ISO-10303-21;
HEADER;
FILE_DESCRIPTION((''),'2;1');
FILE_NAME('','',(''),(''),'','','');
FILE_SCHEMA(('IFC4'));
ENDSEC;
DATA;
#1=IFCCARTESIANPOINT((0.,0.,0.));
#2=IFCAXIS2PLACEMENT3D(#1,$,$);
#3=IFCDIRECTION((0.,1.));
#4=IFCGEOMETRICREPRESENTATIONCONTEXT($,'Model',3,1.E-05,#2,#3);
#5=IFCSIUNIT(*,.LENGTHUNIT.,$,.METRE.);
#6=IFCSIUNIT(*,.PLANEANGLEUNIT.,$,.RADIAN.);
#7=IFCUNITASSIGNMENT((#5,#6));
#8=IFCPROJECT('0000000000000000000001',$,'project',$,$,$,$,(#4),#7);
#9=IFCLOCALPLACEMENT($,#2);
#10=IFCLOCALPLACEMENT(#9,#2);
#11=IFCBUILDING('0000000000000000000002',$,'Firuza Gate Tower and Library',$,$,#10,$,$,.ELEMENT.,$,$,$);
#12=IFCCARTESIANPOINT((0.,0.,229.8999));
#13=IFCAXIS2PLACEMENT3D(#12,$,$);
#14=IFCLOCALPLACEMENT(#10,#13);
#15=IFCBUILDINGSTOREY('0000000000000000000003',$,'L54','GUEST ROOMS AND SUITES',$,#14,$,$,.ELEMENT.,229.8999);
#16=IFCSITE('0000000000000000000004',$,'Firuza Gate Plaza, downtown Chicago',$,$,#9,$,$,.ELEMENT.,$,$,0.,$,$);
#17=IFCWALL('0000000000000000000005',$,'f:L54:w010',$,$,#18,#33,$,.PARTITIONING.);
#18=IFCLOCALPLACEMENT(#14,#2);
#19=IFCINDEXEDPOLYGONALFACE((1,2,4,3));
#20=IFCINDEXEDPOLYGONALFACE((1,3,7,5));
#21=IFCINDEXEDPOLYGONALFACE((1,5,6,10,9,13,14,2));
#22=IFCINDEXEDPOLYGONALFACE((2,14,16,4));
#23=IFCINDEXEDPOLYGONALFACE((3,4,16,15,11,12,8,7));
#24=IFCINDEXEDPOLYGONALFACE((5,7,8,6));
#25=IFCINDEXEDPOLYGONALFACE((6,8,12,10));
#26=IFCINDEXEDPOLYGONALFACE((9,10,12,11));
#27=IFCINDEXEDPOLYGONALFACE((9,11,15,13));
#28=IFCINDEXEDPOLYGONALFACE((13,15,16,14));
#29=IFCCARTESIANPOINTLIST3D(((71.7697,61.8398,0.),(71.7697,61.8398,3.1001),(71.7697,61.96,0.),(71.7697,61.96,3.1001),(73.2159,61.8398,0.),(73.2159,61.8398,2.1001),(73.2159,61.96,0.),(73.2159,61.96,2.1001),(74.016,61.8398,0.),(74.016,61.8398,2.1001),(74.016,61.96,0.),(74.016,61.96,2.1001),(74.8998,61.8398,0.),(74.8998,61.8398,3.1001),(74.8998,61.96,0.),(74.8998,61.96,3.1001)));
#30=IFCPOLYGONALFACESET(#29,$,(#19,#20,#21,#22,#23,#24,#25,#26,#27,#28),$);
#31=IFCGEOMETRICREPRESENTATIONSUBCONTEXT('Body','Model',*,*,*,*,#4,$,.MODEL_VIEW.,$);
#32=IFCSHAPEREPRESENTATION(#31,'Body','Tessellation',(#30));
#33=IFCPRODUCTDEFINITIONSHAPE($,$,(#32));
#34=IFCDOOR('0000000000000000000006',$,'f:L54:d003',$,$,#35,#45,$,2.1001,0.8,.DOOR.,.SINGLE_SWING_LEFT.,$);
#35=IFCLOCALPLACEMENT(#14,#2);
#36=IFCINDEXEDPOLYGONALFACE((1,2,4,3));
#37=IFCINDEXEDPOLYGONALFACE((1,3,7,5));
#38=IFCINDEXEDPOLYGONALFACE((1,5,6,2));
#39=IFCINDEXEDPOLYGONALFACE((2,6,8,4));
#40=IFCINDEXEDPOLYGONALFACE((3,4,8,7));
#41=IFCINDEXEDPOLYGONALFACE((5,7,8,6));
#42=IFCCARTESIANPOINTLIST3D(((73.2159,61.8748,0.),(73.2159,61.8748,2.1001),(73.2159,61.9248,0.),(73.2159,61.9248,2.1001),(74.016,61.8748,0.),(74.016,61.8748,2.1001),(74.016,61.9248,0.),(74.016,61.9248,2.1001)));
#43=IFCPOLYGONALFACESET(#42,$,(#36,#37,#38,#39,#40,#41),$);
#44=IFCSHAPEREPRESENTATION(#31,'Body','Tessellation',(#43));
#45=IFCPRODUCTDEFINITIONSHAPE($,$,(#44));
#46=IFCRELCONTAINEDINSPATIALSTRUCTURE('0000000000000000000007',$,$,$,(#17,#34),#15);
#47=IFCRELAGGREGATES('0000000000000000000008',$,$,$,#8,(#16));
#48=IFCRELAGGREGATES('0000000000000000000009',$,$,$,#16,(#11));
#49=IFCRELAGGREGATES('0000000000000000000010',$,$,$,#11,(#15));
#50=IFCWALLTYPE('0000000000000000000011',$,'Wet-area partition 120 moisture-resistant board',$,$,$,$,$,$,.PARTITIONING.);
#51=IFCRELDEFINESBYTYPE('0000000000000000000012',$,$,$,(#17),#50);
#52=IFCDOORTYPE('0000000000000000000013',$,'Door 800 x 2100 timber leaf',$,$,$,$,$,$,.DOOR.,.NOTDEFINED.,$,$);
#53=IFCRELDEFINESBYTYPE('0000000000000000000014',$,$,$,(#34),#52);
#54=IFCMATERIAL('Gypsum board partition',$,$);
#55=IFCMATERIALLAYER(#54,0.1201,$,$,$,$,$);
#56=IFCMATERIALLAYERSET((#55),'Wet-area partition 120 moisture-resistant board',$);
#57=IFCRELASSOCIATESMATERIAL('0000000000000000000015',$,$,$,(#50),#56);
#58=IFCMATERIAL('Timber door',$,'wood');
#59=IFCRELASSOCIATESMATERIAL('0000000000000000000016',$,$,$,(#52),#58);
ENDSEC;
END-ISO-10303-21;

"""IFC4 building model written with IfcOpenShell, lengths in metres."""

from ifc_helpers import new_model, si_unit, direction, frame, frame_2d, origin, place, context, subcontext, project, spatial, rectangle, extrude, material, layer, layer_set, type_object, element, fill, save


model = new_model("IFC4")

# Units and contexts
model_context = context("Model", 3, precision=1e-05, world=origin(), true_north=direction((0.0, 1.0)))
body_context = subcontext(model_context, "Body", "Model", "MODEL_VIEW")
ifc_project = project(units=[si_unit("LENGTHUNIT", "METRE"), si_unit("PLANEANGLEUNIT", "RADIAN")], contexts=[model_context])

# Site, building, storey
site_placement = place(None, origin())
site = spatial("IfcSite", under=ifc_project, at=site_placement, Name="Firuza Gate Plaza, downtown Chicago", CompositionType="ELEMENT", RefElevation=0.0)
building_placement = place(site_placement, origin())
building = spatial("IfcBuilding", under=site, at=building_placement, Name="Firuza Gate Tower and Library", CompositionType="ELEMENT")
storey_placement = place(building_placement, frame((0.0, 0.0, 229.8999)))
storey = spatial("IfcBuildingStorey", under=building, at=storey_placement, Name="L54", Description="GUEST ROOMS AND SUITES", CompositionType="ELEMENT", Elevation=229.8999)

# Wall, opening, door
ifc_material_1 = material(Name="Gypsum board partition")
ifc_layer_1 = layer(ifc_material_1, 0.1201)
ifc_layer_set_1 = layer_set([ifc_layer_1], Name="Wet-area partition 120 moisture-resistant board")
wall_type_1 = type_object("IfcWallType", Name="Wet-area partition 120 moisture-resistant board", PredefinedType="PARTITIONING", material=ifc_layer_set_1)
wall_1_placement = place(storey_placement, frame((71.7698, 61.8999, 0.0), z_axis=(0.0, 0.0, 1.0), x_axis=(1.0, 0.0, 0.0)))
wall_1 = element("IfcWall", 1, at=wall_1_placement, inside=storey, type_object=wall_type_1, Name="f:L54:w010", PredefinedType="PARTITIONING", context=body_context, shape_type="SweptSolid", body=[
    extrude(rectangle(XDim=3.1301, YDim=0.1201, at=frame_2d((1.5649, 0.0))), origin(), (0.0, 0.0, 1.0), 3.1001),
])
opening_1_placement = place(wall_1_placement, frame((1.4463, 0.0, 0.0)))
opening_1 = element("IfcOpeningElement", 2, at=opening_1_placement, cuts=wall_1, PredefinedType="OPENING", context=body_context, shape_type="SweptSolid", body=[
    extrude(rectangle(XDim=0.8, YDim=2.1001, at=frame_2d((0.3999, 1.05))), frame((0.0, 0.0701, 0.0), z_axis=(0.0, -1.0, 0.0), x_axis=(1.0, 0.0, 0.0)), (0.0, 0.0, 1.0), 0.1401),
])
ifc_material_2 = material(Name="Timber door", Category="wood")
door_type_1 = type_object("IfcDoorType", Name="Door 800 x 2100 timber leaf", OperationType="NOTDEFINED", PredefinedType="DOOR", material=ifc_material_2)
door_1_placement = place(opening_1_placement, origin())
door_1 = element("IfcDoor", 3, at=door_1_placement, inside=storey, type_object=door_type_1, Name="f:L54:d003", OperationType="SINGLE_SWING_LEFT", OverallHeight=2.1001, OverallWidth=0.8, PredefinedType="DOOR", context=body_context, shape_type="SweptSolid", body=[
    extrude(rectangle(XDim=0.8, YDim=2.1001, at=frame_2d((0.3999, 1.05))), frame((0.0, 0.0249, 0.0), z_axis=(0.0, -1.0, 0.0), x_axis=(1.0, 0.0, 0.0)), (0.0, 0.0, 1.0), 0.05),
])
fill(opening_1, door_1)

save(model, "model.ifc")
